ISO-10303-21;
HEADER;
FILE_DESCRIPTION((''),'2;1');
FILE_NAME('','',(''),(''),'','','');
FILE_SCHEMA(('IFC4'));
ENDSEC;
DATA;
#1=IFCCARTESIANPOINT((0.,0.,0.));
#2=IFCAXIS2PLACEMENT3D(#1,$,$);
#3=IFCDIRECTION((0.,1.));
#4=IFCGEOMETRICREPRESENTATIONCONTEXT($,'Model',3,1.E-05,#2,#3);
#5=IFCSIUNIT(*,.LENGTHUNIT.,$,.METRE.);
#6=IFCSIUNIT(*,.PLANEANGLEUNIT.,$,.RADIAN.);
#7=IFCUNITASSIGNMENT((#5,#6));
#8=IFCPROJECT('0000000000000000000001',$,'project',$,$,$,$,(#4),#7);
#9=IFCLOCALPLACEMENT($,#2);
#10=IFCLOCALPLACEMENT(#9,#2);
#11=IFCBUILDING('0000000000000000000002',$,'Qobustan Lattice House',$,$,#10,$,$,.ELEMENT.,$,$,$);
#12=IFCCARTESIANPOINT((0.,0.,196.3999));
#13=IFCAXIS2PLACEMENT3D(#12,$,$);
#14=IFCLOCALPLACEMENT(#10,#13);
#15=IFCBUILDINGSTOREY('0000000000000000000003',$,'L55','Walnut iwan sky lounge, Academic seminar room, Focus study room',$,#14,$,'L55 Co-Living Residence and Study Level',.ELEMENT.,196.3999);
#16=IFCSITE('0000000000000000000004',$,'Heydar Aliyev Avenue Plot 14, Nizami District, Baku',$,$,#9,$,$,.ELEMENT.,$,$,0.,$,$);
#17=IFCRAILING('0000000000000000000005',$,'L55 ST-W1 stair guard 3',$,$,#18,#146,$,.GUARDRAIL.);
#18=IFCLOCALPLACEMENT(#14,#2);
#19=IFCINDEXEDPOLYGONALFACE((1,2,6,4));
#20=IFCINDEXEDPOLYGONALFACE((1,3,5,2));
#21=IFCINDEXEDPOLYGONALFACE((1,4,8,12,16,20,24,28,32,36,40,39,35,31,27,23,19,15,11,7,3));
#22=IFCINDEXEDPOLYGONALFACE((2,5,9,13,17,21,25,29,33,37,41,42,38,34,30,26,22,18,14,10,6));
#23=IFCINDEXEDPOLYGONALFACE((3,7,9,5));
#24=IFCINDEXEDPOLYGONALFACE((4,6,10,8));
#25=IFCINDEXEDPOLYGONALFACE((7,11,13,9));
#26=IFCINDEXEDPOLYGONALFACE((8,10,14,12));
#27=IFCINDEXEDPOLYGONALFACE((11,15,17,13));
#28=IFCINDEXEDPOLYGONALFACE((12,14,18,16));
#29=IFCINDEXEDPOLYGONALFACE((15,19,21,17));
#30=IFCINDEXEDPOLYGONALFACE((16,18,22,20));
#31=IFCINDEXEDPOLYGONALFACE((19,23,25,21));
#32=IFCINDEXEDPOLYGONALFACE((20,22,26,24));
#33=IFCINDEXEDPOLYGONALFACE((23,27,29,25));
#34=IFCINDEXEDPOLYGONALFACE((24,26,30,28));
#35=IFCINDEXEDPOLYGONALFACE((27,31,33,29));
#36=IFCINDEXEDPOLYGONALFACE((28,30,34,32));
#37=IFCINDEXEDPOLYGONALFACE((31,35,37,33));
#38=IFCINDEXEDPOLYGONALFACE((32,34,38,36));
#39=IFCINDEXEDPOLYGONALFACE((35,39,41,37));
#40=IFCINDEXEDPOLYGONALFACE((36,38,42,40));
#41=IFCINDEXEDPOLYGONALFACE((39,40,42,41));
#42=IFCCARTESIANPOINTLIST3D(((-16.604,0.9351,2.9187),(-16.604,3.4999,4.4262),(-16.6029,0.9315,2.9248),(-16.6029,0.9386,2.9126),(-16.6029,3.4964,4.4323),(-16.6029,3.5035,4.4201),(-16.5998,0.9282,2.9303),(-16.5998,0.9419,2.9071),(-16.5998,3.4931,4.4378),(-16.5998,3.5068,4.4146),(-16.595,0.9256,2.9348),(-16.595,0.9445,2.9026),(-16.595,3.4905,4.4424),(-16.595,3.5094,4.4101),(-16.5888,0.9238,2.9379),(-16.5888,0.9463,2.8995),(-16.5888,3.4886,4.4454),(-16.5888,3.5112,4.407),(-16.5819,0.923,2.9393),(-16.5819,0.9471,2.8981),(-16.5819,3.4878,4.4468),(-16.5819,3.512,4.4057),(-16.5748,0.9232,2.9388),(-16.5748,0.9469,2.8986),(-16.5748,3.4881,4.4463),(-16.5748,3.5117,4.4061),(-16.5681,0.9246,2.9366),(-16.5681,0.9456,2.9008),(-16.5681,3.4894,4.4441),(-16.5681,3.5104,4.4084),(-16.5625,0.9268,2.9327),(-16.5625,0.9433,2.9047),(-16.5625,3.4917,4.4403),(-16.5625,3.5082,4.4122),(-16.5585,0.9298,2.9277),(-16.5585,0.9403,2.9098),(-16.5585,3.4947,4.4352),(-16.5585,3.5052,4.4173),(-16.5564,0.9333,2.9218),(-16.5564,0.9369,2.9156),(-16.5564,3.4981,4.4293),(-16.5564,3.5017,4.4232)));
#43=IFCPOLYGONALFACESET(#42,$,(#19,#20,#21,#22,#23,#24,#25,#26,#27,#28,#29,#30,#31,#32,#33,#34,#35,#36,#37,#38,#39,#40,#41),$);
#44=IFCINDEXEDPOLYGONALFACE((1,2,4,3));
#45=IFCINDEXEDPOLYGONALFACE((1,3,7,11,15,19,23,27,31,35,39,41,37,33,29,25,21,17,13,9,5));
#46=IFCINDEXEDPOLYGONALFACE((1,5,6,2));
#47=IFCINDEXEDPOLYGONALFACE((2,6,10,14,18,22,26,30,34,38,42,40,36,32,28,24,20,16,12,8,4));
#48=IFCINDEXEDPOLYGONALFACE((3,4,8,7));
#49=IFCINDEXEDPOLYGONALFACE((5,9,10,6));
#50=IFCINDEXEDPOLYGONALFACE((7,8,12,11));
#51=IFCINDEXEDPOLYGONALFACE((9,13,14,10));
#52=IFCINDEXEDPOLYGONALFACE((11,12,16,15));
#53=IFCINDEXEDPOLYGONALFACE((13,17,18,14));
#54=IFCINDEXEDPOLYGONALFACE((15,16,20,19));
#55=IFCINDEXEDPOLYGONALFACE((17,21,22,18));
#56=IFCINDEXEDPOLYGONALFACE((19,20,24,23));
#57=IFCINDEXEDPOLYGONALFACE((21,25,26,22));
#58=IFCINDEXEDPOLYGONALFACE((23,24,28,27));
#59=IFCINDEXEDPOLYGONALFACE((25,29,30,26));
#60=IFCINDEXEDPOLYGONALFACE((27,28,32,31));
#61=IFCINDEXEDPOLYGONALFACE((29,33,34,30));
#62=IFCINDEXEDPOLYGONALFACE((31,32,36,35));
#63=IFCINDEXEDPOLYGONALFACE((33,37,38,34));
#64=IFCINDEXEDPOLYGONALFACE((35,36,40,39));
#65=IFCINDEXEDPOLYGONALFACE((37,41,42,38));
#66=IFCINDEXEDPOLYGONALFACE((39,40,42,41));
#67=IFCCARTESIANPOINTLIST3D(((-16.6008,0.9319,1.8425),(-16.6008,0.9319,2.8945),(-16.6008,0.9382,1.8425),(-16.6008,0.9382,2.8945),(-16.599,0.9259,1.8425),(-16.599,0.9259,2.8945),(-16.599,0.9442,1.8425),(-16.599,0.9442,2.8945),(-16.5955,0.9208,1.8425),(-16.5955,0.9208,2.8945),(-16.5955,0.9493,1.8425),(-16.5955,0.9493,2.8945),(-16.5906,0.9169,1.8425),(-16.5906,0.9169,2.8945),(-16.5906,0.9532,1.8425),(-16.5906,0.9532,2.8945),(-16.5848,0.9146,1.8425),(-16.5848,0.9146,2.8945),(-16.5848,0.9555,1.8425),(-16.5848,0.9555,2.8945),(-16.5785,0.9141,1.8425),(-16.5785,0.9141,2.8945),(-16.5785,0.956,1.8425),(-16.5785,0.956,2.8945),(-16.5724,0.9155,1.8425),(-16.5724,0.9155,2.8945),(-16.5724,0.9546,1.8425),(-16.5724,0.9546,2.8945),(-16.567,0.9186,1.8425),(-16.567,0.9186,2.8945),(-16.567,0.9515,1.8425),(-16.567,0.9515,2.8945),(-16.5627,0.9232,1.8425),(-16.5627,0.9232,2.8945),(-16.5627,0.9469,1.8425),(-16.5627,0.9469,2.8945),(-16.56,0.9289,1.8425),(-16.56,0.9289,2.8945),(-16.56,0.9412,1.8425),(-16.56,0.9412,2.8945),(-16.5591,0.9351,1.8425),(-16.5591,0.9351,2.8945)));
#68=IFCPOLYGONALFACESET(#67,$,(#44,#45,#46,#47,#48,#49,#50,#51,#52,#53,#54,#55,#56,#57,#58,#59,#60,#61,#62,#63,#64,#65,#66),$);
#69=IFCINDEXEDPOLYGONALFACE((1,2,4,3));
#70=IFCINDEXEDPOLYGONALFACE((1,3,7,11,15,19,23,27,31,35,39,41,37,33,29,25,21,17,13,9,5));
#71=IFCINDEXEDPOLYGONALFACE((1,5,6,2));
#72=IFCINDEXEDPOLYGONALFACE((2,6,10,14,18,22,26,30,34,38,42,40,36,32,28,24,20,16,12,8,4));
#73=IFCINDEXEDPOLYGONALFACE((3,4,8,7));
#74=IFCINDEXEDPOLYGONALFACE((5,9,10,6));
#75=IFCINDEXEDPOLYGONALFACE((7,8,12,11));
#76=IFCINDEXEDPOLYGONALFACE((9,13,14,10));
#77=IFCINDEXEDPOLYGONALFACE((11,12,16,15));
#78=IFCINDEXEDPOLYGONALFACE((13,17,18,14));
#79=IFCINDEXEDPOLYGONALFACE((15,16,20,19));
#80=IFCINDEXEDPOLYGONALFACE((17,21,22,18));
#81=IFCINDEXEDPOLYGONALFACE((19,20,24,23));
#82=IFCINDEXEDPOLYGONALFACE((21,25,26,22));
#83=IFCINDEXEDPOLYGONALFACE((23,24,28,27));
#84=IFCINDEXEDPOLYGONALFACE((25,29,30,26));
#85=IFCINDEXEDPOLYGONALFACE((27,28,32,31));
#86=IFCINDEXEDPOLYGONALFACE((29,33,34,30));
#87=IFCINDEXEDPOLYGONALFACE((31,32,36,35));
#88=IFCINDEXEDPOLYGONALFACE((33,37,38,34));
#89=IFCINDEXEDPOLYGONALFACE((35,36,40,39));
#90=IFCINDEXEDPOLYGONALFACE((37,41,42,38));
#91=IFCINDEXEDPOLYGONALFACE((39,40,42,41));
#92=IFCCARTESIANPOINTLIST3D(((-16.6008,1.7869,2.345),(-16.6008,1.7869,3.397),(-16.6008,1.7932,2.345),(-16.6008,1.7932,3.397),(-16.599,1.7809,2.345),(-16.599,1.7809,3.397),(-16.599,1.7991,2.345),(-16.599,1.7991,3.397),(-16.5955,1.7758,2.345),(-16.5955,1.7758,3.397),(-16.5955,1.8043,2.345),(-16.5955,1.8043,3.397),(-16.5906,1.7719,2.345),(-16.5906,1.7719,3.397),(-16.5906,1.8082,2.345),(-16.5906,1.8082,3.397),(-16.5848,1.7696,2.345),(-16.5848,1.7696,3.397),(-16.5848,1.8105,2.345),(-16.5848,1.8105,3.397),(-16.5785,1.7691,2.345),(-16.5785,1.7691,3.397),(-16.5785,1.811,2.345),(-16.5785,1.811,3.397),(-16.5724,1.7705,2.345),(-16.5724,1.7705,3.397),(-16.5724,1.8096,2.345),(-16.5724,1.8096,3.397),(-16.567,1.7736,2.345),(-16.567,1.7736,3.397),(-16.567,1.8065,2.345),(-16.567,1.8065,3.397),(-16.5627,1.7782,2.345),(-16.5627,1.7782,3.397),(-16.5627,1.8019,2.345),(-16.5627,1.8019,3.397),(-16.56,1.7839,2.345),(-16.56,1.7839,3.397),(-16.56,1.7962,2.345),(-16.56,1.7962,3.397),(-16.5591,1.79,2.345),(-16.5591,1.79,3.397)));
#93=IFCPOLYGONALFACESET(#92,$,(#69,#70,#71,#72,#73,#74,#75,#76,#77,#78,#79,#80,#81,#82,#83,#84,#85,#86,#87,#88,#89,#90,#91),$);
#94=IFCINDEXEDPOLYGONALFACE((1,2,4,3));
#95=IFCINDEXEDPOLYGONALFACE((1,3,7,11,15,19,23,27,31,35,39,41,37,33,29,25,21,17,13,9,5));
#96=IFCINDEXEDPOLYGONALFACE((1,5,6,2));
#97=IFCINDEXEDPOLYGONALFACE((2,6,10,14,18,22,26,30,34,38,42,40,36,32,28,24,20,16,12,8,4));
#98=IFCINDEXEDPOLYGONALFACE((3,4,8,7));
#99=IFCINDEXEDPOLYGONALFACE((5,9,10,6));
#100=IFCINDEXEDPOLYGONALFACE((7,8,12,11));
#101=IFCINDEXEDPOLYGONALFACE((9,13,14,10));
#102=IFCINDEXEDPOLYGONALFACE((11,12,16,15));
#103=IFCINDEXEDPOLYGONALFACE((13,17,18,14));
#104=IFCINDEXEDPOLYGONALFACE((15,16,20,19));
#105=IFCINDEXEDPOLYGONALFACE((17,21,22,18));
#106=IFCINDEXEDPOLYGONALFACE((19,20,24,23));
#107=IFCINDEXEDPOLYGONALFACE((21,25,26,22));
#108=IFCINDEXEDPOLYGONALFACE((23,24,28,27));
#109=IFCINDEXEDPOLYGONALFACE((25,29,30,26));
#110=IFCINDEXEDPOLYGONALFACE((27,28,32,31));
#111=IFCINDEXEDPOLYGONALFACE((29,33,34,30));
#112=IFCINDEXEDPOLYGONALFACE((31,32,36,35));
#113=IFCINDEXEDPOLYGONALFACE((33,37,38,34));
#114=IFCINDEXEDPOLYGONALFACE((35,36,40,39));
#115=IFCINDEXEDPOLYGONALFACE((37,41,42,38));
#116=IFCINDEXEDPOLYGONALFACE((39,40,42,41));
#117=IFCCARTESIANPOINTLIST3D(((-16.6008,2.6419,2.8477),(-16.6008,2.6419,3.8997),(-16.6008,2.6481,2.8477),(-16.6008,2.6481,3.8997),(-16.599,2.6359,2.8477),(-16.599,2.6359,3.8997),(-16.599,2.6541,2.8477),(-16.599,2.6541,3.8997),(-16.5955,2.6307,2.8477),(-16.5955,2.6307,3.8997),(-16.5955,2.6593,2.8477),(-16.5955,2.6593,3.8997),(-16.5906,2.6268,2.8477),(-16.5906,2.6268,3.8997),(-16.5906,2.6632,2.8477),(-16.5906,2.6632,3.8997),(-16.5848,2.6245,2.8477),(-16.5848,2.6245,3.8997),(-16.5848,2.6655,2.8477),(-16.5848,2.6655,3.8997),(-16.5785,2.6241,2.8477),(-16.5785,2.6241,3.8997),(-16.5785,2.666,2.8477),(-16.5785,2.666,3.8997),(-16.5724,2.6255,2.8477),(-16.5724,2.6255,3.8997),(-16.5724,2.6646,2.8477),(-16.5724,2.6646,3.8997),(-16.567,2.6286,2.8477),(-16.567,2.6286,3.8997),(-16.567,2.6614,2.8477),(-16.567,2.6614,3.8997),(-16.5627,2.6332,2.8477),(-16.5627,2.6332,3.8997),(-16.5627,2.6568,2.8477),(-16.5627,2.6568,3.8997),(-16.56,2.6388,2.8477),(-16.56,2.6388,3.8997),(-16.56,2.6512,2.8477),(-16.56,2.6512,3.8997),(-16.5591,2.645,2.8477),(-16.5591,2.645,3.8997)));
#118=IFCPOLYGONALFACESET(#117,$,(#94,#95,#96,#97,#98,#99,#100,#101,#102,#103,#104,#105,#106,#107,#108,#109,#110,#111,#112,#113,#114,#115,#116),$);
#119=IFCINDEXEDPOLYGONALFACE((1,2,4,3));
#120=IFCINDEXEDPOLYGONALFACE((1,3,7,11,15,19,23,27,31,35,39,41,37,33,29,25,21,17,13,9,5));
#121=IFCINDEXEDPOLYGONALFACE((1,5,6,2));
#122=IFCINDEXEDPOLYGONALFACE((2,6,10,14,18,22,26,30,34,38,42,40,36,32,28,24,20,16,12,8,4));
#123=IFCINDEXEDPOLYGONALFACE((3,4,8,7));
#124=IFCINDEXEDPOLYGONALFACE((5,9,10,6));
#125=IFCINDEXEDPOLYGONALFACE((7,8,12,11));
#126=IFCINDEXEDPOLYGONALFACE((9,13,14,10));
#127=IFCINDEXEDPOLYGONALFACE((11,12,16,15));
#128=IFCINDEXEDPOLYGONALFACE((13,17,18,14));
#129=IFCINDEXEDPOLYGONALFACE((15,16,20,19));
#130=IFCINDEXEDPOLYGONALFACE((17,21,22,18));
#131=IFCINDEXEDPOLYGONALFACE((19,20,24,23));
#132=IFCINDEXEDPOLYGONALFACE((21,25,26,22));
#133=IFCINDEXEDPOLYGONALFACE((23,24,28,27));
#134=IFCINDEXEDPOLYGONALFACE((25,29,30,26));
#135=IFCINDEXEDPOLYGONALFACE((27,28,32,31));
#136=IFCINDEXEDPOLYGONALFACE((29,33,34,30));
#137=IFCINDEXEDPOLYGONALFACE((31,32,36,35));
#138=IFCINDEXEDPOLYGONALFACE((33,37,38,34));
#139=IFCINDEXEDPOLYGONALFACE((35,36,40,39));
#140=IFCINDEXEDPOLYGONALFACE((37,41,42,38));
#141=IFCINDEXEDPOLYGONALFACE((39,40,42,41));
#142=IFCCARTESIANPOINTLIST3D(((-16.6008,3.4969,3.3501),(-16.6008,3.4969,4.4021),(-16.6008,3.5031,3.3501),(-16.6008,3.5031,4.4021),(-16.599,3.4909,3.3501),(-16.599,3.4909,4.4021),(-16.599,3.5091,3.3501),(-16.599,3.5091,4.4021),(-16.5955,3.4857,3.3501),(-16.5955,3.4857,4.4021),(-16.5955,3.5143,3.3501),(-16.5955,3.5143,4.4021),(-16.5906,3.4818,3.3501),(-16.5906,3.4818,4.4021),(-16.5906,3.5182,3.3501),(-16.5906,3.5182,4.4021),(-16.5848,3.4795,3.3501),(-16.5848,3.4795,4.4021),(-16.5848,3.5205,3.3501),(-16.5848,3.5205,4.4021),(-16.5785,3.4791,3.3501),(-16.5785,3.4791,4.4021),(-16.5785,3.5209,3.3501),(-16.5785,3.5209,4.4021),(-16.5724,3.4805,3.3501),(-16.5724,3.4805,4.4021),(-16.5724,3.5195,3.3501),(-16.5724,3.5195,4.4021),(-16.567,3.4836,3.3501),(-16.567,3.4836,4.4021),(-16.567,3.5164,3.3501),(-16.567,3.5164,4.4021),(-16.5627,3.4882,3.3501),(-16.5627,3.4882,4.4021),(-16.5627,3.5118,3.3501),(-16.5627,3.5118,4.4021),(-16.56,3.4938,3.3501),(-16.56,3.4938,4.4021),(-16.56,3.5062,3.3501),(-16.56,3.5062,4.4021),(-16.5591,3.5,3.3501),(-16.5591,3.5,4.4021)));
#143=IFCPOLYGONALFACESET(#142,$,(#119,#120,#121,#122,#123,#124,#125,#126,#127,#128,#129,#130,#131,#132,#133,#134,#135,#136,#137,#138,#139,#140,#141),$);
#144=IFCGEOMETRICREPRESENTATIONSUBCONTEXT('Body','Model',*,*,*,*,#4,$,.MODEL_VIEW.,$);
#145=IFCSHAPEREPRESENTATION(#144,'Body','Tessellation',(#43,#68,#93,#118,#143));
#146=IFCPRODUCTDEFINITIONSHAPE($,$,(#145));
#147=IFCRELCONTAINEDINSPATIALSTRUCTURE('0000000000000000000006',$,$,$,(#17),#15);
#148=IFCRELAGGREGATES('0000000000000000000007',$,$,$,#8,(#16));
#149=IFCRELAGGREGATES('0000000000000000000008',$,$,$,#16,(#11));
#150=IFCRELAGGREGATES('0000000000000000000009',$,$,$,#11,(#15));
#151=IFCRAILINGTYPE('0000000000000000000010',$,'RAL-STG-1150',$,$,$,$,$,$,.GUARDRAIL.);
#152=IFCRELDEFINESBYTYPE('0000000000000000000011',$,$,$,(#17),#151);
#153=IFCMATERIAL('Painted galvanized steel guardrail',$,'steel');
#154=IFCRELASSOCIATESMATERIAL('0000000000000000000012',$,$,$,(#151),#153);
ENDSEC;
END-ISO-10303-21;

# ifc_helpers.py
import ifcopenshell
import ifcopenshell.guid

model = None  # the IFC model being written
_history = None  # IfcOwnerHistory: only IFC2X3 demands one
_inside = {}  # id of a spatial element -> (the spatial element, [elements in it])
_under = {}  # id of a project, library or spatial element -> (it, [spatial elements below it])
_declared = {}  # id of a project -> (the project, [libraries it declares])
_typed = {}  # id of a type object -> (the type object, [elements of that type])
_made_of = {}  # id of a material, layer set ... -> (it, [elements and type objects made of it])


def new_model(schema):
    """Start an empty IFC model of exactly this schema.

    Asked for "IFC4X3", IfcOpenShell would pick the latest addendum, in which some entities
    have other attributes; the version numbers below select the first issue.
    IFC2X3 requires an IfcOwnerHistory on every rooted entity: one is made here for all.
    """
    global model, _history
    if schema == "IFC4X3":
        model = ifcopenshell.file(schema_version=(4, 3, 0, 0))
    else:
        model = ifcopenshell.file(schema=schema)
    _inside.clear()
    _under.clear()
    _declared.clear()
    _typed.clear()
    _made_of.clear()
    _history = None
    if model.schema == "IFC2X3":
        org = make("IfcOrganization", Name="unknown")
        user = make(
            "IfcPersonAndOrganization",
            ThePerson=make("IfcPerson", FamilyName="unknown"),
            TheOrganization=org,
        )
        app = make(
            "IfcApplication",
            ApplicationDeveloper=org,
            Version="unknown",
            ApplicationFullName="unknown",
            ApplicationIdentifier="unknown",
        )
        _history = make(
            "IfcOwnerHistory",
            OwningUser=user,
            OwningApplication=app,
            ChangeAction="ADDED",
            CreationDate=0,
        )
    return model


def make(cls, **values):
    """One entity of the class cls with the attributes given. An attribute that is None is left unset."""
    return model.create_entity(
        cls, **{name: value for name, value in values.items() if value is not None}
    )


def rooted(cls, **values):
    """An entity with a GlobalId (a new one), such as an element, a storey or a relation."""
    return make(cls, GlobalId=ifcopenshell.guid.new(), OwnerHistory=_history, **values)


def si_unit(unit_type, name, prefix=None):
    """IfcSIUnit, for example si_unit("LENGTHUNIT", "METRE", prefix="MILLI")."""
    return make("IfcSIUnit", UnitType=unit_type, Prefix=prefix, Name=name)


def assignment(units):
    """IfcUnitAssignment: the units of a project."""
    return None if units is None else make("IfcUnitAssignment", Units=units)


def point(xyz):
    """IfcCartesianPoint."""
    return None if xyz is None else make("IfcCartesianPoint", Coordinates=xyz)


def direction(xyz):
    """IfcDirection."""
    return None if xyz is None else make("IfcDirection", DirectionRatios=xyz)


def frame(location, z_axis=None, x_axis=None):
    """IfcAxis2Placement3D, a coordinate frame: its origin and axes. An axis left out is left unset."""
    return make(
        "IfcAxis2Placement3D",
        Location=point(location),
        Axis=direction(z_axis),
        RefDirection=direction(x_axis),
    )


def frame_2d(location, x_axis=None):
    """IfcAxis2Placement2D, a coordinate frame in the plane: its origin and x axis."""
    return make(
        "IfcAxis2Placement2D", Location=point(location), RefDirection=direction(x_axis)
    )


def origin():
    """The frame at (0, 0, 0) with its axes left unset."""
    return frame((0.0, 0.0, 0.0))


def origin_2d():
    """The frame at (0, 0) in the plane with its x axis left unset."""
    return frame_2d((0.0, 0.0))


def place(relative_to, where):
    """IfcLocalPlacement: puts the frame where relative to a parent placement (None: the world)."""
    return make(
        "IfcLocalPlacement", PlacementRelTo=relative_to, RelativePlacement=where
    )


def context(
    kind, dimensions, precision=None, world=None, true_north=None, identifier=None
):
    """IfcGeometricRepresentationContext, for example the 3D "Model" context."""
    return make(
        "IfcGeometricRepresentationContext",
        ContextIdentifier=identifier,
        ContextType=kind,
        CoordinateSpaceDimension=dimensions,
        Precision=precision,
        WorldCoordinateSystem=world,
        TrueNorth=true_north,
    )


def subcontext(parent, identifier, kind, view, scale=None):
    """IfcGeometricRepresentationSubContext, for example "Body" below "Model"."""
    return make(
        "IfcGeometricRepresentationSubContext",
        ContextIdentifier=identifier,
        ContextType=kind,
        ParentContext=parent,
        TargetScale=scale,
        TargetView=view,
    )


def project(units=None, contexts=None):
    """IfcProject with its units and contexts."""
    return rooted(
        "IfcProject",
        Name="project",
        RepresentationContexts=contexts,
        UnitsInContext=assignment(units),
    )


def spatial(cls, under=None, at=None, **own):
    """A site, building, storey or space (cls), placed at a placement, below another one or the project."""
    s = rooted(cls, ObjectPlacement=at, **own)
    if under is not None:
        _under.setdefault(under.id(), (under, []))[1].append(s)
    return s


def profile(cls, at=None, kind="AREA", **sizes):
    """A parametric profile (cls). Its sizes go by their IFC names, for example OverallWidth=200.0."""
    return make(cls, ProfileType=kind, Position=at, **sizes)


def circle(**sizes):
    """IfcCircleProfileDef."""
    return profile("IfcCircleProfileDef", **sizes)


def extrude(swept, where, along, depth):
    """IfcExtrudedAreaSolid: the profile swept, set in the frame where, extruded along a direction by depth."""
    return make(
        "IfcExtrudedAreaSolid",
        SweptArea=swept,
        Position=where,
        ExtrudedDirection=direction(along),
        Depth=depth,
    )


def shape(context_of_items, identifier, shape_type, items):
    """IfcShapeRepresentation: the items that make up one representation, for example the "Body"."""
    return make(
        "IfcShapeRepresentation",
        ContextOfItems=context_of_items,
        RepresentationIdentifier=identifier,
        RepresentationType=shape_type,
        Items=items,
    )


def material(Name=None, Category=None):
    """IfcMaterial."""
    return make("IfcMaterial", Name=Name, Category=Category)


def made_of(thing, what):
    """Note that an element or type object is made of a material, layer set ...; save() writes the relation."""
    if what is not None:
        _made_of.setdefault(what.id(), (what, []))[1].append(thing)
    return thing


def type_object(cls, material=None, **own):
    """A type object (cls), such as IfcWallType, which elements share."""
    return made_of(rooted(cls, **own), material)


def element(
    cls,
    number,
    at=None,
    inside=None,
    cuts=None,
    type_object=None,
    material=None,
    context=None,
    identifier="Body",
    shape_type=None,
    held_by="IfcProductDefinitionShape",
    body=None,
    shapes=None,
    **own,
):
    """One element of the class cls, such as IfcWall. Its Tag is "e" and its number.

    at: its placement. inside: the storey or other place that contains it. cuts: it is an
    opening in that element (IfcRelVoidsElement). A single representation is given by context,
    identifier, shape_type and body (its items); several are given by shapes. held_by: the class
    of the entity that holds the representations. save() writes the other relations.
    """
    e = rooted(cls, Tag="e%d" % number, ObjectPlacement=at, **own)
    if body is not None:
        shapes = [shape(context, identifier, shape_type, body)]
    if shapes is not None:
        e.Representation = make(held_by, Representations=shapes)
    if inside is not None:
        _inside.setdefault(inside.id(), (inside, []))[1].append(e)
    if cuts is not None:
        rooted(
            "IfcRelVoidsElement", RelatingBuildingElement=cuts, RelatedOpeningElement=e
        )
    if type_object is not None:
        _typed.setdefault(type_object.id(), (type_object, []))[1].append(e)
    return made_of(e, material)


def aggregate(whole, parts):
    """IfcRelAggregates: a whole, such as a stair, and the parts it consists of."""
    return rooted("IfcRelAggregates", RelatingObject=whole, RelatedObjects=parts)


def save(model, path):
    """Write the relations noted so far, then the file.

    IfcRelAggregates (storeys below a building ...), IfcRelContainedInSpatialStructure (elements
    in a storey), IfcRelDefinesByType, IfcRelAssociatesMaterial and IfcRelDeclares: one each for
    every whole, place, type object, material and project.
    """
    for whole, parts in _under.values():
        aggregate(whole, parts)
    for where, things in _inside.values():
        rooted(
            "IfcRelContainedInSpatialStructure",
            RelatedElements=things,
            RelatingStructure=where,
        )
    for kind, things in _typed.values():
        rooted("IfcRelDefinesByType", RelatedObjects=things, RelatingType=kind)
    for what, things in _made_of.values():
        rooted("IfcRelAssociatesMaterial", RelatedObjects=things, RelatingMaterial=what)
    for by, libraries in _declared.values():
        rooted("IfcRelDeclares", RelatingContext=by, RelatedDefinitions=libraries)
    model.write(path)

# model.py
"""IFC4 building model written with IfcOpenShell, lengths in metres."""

from ifc_helpers import new_model, si_unit, direction, frame, origin, origin_2d, place, context, subcontext, project, spatial, circle, extrude, material, type_object, element, save


model = new_model("IFC4")

# Units and contexts
model_context = context("Model", 3, precision=1e-05, world=origin(), true_north=direction((0.0, 1.0)))
body_context = subcontext(model_context, "Body", "Model", "MODEL_VIEW")
ifc_project = project(units=[si_unit("LENGTHUNIT", "METRE"), si_unit("PLANEANGLEUNIT", "RADIAN")], contexts=[model_context])

# Site, building, storey
site_placement = place(None, origin())
site = spatial("IfcSite", under=ifc_project, at=site_placement, Name="Heydar Aliyev Avenue Plot 14, Nizami District, Baku", CompositionType="ELEMENT", RefElevation=0.0)
building_placement = place(site_placement, origin())
building = spatial("IfcBuilding", under=site, at=building_placement, Name="Qobustan Lattice House", CompositionType="ELEMENT")
storey_placement = place(building_placement, frame((0.0, 0.0, 196.3999)))
storey = spatial("IfcBuildingStorey", under=building, at=storey_placement, Name="L55", Description="Walnut iwan sky lounge, Academic seminar room, Focus study room", LongName="L55 Co-Living Residence and Study Level", CompositionType="ELEMENT", Elevation=196.3999)

# Railing
ifc_material_1 = material(Name="Painted galvanized steel guardrail", Category="steel")
railing_type_1 = type_object("IfcRailingType", Name="RAL-STG-1150", PredefinedType="GUARDRAIL", material=ifc_material_1)
railing_1_placement = place(storey_placement, frame((-16.5801, 0.9351, 1.8425)))
element("IfcRailing", 1, at=railing_1_placement, inside=storey, type_object=railing_type_1, Name="L55 ST-W1 stair guard 3", PredefinedType="GUARDRAIL", context=body_context, shape_type="SweptSolid", body=[
    extrude(circle(Radius=0.0239, at=origin_2d()), frame((0.0, 0.0, 1.0762), z_axis=(0.0, 0.862113, 0.506715), x_axis=(-1.0, 0.0, 0.0)), (0.0, 0.0, 1.0), 2.9751),
    extrude(circle(Radius=0.021, at=origin_2d()), origin(), (0.0, 0.0, 1.0), 1.052),
    extrude(circle(Radius=0.021, at=origin_2d()), frame((0.0, 0.855, 0.5024)), (0.0, 0.0, 1.0), 1.052),
    extrude(circle(Radius=0.021, at=origin_2d()), frame((0.0, 1.71, 1.0051)), (0.0, 0.0, 1.0), 1.052),
    extrude(circle(Radius=0.021, at=origin_2d()), frame((0.0, 2.5649, 1.5076)), (0.0, 0.0, 1.0), 1.052),
])

save(model, "model.ifc")
